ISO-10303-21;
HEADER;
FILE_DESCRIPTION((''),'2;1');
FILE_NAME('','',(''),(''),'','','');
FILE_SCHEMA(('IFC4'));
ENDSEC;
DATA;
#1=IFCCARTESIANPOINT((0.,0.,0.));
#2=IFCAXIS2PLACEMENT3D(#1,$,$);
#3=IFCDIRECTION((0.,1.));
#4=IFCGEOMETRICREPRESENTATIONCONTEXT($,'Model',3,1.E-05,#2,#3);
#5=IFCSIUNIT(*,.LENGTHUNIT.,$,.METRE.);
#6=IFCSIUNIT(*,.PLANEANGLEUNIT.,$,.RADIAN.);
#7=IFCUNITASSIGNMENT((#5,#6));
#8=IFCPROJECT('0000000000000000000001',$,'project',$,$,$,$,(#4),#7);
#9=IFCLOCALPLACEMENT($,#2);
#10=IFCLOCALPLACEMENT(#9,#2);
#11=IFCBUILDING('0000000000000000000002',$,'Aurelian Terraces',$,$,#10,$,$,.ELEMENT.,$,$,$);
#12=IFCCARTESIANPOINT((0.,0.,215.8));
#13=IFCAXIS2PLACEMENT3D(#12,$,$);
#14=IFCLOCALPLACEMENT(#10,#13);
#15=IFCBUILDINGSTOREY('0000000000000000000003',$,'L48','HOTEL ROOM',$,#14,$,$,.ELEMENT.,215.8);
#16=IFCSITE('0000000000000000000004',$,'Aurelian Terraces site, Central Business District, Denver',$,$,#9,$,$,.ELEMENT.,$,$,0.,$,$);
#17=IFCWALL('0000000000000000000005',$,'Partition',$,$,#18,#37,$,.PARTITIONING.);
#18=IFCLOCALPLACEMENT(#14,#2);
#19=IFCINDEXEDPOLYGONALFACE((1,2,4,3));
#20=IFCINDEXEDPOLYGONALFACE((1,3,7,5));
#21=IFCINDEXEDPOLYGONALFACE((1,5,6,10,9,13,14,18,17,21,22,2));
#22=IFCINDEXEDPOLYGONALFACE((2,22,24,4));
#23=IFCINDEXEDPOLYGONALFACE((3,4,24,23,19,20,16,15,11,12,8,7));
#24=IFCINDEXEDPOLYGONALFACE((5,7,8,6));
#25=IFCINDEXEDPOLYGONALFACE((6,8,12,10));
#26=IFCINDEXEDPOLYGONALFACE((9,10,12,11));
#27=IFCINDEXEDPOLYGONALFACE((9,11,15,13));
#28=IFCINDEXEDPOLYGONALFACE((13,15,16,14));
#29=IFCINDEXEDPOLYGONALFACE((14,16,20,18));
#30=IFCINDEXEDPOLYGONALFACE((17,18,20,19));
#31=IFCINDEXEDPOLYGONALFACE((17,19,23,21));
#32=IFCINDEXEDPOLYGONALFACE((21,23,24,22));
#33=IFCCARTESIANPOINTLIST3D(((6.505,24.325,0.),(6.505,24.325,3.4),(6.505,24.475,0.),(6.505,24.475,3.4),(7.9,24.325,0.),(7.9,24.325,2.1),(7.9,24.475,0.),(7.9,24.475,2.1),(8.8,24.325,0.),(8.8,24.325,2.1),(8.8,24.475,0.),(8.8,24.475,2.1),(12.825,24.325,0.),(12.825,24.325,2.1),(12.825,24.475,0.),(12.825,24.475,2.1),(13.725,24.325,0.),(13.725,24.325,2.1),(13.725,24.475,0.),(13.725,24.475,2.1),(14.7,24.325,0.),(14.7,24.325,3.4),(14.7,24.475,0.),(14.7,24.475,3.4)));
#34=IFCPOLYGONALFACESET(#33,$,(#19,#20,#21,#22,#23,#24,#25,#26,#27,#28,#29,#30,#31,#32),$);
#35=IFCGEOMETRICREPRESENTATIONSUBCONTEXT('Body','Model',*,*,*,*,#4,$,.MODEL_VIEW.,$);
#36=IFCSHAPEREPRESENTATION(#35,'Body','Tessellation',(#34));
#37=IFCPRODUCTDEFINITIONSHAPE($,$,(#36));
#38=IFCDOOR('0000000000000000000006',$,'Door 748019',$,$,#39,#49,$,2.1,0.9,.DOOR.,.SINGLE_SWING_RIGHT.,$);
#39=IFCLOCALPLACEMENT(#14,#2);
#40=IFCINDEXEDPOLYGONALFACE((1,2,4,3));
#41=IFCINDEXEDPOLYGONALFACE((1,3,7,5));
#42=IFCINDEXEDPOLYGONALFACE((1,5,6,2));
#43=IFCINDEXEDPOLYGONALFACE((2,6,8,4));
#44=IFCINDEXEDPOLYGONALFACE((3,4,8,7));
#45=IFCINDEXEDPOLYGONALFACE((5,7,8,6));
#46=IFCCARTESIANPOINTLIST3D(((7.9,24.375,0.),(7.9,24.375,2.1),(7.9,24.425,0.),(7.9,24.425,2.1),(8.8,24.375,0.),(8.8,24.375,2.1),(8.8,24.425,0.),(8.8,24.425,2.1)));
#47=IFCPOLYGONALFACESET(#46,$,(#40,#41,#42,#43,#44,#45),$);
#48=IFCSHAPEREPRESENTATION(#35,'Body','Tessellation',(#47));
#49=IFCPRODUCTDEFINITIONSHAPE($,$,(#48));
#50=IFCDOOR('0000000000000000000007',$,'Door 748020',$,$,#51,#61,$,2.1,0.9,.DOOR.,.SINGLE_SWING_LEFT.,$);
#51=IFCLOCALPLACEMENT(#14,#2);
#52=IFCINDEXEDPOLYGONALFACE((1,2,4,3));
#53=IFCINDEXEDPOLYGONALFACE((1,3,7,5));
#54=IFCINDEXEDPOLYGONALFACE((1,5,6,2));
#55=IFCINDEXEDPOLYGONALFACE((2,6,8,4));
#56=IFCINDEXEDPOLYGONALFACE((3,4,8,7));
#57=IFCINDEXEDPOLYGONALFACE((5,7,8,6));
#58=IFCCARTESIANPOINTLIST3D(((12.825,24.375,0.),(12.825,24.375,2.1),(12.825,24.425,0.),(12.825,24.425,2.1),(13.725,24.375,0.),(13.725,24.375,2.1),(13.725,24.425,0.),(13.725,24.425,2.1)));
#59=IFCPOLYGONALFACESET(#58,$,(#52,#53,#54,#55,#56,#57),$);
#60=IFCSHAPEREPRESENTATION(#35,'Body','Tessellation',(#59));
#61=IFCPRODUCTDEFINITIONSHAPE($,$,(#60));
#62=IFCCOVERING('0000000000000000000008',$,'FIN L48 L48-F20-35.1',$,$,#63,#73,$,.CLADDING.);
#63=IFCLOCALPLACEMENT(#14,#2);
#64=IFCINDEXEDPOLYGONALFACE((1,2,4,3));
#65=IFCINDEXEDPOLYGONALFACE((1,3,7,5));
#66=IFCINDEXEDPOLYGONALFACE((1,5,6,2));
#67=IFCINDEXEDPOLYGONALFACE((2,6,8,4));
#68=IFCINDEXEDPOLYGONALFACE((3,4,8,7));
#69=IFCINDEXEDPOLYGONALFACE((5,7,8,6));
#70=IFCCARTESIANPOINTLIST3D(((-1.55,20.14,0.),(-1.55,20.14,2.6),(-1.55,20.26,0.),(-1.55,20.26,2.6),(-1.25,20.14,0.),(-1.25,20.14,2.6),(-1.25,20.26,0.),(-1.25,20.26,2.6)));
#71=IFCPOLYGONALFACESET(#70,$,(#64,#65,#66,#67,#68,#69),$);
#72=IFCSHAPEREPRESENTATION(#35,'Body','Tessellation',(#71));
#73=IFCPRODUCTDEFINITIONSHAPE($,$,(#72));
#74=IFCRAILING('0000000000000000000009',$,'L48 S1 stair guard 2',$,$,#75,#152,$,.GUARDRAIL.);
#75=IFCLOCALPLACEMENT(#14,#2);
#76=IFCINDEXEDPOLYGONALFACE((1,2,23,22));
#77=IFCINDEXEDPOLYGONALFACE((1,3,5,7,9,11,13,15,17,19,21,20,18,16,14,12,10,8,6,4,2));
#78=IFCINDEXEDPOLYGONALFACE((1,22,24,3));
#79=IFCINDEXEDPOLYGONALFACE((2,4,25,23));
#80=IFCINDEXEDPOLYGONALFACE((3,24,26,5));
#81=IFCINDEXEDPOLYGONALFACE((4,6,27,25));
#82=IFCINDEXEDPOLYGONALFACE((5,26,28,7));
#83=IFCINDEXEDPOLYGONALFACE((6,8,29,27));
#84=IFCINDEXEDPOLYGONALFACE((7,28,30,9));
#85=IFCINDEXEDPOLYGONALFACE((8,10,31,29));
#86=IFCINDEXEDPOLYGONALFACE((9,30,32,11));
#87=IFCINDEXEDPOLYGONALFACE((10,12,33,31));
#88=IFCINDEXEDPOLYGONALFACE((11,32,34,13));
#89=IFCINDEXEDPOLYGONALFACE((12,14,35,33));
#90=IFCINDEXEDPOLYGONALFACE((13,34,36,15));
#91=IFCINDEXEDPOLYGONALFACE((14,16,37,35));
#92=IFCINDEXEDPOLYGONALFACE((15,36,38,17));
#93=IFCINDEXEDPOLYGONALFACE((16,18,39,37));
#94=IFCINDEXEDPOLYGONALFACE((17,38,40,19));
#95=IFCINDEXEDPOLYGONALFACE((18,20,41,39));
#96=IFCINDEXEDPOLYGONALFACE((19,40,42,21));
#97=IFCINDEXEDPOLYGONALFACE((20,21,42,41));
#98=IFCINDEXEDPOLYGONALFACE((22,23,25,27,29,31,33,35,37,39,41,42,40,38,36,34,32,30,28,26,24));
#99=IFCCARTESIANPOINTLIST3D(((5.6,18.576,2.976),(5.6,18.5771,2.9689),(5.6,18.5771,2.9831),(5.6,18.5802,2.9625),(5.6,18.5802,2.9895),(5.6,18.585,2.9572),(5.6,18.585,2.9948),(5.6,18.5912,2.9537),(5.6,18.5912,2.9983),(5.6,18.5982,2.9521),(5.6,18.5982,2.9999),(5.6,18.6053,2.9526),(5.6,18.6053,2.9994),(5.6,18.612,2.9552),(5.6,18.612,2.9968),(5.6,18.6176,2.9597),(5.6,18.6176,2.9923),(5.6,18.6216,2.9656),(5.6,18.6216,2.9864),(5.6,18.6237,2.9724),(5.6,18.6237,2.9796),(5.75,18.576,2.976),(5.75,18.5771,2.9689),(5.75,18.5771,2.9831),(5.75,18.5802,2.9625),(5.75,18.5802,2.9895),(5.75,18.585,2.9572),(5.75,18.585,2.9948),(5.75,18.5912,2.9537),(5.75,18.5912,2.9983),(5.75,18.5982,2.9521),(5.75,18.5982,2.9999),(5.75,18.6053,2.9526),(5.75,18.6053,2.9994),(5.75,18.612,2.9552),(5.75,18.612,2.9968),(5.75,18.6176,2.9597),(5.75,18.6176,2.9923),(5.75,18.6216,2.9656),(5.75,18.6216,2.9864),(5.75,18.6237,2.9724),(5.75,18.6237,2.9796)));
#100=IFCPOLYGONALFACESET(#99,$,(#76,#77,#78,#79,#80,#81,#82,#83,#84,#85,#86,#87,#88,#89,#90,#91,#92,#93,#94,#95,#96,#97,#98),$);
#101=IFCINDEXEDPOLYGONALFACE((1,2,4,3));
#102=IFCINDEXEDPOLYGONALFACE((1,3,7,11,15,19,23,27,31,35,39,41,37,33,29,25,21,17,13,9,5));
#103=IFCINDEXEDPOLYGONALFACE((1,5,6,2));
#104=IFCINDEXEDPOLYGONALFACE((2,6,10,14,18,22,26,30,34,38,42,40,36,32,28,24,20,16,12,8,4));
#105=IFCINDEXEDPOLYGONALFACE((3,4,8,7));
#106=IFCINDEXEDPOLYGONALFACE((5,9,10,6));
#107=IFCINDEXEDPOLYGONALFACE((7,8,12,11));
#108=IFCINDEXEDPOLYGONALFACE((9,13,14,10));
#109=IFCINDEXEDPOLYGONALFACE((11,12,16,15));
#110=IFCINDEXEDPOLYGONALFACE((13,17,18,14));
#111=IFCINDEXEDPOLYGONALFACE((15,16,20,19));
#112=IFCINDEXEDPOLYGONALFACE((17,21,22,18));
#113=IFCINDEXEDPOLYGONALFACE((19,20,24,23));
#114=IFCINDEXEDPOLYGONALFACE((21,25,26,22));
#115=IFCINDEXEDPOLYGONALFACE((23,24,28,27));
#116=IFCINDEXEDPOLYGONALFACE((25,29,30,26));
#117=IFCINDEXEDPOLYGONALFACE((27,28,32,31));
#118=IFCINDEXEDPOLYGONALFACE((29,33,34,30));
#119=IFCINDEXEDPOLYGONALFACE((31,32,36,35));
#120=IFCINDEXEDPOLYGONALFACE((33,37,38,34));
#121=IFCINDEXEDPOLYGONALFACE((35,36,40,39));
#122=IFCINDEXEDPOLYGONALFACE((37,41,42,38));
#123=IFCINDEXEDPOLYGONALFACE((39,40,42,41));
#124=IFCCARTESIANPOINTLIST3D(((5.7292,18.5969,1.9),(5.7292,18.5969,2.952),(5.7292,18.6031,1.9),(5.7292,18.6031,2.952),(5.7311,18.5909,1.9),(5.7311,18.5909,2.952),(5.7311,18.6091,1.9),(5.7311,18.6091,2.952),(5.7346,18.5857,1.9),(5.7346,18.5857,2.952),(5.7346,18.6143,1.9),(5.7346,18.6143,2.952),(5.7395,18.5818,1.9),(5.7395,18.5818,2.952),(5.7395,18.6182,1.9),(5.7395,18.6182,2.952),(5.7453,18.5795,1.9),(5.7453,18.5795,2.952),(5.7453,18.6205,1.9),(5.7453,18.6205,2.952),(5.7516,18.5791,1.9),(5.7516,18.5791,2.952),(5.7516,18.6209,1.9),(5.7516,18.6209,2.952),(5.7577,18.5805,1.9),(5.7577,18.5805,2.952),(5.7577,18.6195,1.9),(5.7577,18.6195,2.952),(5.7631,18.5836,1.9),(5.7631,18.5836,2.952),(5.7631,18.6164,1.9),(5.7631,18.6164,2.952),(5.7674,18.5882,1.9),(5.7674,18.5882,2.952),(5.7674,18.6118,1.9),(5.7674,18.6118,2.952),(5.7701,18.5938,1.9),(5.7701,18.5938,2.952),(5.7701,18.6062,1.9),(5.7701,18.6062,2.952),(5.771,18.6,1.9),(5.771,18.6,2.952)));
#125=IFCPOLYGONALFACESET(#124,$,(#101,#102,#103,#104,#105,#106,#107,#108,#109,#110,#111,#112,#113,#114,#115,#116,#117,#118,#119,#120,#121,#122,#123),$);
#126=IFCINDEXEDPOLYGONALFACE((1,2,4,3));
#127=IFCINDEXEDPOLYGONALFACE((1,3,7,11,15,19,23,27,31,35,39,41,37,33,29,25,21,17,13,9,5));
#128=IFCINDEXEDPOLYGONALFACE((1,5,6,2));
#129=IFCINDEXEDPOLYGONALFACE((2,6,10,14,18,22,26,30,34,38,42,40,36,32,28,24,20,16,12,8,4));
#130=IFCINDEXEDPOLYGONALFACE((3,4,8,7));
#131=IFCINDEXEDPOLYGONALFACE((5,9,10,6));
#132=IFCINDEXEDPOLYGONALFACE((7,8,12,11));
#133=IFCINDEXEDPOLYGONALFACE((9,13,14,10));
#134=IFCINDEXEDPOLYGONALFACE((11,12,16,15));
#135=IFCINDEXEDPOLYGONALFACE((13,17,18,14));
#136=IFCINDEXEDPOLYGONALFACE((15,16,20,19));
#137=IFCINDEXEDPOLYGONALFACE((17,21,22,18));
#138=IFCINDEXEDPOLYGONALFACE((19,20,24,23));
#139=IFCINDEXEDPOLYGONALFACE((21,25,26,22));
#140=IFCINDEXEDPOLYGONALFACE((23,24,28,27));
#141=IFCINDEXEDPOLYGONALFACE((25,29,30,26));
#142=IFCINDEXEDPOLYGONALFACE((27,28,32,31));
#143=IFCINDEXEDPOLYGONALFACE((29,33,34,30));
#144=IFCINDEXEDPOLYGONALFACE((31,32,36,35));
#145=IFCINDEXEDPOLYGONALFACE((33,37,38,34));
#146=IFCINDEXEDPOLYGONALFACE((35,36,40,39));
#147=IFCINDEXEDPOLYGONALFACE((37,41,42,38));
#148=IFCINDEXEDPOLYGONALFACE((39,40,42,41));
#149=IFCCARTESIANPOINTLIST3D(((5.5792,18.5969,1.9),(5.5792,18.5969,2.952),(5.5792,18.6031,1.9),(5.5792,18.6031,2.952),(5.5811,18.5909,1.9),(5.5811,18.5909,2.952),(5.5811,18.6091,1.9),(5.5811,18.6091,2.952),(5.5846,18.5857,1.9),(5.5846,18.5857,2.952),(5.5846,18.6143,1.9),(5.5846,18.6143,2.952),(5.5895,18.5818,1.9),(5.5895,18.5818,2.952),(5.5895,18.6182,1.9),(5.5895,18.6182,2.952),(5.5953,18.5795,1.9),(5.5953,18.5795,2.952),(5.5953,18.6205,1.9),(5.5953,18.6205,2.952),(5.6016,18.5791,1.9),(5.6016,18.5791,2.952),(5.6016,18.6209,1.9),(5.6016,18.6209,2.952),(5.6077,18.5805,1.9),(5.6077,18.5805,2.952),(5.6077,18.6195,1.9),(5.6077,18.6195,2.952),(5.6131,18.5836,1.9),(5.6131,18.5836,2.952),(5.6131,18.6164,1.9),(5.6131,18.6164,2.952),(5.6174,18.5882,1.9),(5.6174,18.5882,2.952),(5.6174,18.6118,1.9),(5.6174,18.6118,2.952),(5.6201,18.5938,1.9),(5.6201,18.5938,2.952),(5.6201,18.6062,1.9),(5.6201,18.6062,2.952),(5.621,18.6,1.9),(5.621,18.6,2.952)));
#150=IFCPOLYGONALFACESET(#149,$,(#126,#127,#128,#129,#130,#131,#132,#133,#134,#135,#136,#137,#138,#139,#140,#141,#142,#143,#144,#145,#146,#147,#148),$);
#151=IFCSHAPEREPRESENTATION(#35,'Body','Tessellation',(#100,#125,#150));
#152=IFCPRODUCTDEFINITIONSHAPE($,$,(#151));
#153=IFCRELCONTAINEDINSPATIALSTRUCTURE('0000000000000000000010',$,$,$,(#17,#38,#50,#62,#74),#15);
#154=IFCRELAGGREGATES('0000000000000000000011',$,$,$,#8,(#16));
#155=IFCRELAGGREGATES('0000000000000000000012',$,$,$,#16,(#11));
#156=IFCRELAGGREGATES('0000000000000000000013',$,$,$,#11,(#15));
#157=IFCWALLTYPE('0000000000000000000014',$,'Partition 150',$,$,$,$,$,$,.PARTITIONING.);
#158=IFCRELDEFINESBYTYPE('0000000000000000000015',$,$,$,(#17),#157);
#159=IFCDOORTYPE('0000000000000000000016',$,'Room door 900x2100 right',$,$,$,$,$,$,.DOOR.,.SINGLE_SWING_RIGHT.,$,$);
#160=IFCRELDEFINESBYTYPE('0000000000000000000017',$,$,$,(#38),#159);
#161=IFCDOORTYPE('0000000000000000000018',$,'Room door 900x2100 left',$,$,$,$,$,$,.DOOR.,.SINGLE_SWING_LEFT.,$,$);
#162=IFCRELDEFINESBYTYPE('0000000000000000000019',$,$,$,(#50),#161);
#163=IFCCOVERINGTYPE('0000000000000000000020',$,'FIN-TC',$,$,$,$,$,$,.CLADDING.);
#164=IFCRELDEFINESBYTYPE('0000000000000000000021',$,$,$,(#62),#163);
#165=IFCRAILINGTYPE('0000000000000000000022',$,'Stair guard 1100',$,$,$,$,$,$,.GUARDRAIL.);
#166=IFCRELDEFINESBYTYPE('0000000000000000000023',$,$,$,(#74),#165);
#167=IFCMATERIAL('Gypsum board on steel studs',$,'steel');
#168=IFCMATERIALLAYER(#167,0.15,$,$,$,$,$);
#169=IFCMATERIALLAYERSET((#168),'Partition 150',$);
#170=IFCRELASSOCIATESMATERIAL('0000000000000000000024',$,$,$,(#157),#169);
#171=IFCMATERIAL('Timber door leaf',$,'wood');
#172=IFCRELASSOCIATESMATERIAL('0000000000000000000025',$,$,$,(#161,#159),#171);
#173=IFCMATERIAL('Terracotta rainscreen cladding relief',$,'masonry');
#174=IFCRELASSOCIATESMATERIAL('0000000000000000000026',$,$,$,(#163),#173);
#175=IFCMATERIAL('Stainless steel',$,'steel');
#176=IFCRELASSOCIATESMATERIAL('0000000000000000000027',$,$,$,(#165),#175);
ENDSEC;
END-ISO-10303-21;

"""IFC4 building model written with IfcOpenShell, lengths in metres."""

from ifc_helpers import new_model, si_unit, direction, frame, frame_2d, origin, origin_2d, place, context, subcontext, project, spatial, rectangle, circle, extrude, source, transform, mapped, material, layer, layer_set, type_object, element, fill, save


model = new_model("IFC4")

# Units and contexts
model_context = context("Model", 3, precision=1e-05, world=origin(), true_north=direction((0.0, 1.0)))
body_context = subcontext(model_context, "Body", "Model", "MODEL_VIEW")
ifc_project = project(units=[si_unit("LENGTHUNIT", "METRE"), si_unit("PLANEANGLEUNIT", "RADIAN")], contexts=[model_context])

# Site, building, storey
site_placement = place(None, origin())
site = spatial("IfcSite", under=ifc_project, at=site_placement, Name="Aurelian Terraces site, Central Business District, Denver", CompositionType="ELEMENT", RefElevation=0.0)
building_placement = place(site_placement, origin())
building = spatial("IfcBuilding", under=site, at=building_placement, Name="Aurelian Terraces", CompositionType="ELEMENT")
storey_placement = place(building_placement, frame((0.0, 0.0, 215.8)))
storey = spatial("IfcBuildingStorey", under=building, at=storey_placement, Name="L48", Description="HOTEL ROOM", CompositionType="ELEMENT", Elevation=215.8)

# Shared definitions
ifc_material_1 = material(Name="Gypsum board on steel studs", Category="steel")
ifc_layer_1 = layer(ifc_material_1, 0.15)
ifc_layer_set_1 = layer_set([ifc_layer_1], Name="Partition 150")
wall_type_1 = type_object("IfcWallType", Name="Partition 150", PredefinedType="PARTITIONING", material=ifc_layer_set_1)

# Wall, openings, doors
shared_shape_1 = source(origin(), body_context, "Body", "SweptSolid", [
    extrude(rectangle(XDim=0.9, YDim=2.1, at=frame_2d((0.45, 1.05))), frame((0.0, 0.085, 0.0), z_axis=(0.0, -1.0, 0.0), x_axis=(1.0, 0.0, 0.0)), (0.0, 0.0, 1.0), 0.17),
])
ifc_material_2 = material(Name="Timber door leaf", Category="wood")
door_type_1 = type_object("IfcDoorType", Name="Room door 900x2100 left", OperationType="SINGLE_SWING_LEFT", PredefinedType="DOOR", material=ifc_material_2)
shared_shape_2 = source(origin(), body_context, "Body", "SweptSolid", [
    extrude(rectangle(XDim=0.9, YDim=2.1, at=frame_2d((0.45, 1.05))), frame((0.0, 0.025, 0.0), z_axis=(0.0, -1.0, 0.0), x_axis=(1.0, 0.0, 0.0)), (0.0, 0.0, 1.0), 0.05),
])
door_type_2 = type_object("IfcDoorType", Name="Room door 900x2100 right", OperationType="SINGLE_SWING_RIGHT", PredefinedType="DOOR", material=ifc_material_2)
shared_shape_3 = source(origin(), body_context, "Body", "SweptSolid", [
    extrude(rectangle(XDim=8.195, YDim=0.15, at=frame_2d((4.0975, 0.0))), origin(), (0.0, 0.0, 1.0), 3.4),
])
wall_1_placement = place(storey_placement, frame((6.505, 24.4, 0.0), z_axis=(0.0, 0.0, 1.0), x_axis=(1.0, 0.0, 0.0)))
wall_1 = element("IfcWall", 1, at=wall_1_placement, inside=storey, type_object=wall_type_1, Name="Partition", PredefinedType="PARTITIONING", context=body_context, shape_type="MappedRepresentation", body=[
    mapped(shared_shape_3, transform((0.0, 0.0, 0.0), scale=1.0)),
])
opening_1_placement = place(wall_1_placement, frame((1.395, 0.0, 0.0)))
opening_1 = element("IfcOpeningElement", 2, at=opening_1_placement, cuts=wall_1, PredefinedType="OPENING", context=body_context, shape_type="MappedRepresentation", body=[
    mapped(shared_shape_1, transform((0.0, 0.0, 0.0), scale=1.0)),
])
opening_2_placement = place(wall_1_placement, frame((6.32, 0.0, 0.0)))
opening_2 = element("IfcOpeningElement", 3, at=opening_2_placement, cuts=wall_1, PredefinedType="OPENING", context=body_context, shape_type="MappedRepresentation", body=[
    mapped(shared_shape_1, transform((0.0, 0.0, 0.0), scale=1.0)),
])
door_1_placement = place(opening_1_placement, origin())
door_1 = element("IfcDoor", 4, at=door_1_placement, inside=storey, type_object=door_type_2, Name="Door 748019", OperationType="SINGLE_SWING_RIGHT", OverallHeight=2.1, OverallWidth=0.9, PredefinedType="DOOR", context=body_context, shape_type="MappedRepresentation", body=[
    mapped(shared_shape_2, transform((0.0, 0.0, 0.0), scale=1.0)),
])
fill(opening_1, door_1)
door_2_placement = place(opening_2_placement, origin())
door_2 = element("IfcDoor", 5, at=door_2_placement, inside=storey, type_object=door_type_1, Name="Door 748020", OperationType="SINGLE_SWING_LEFT", OverallHeight=2.1, OverallWidth=0.9, PredefinedType="DOOR", context=body_context, shape_type="MappedRepresentation", body=[
    mapped(shared_shape_2, transform((0.0, 0.0, 0.0), scale=1.0)),
])
fill(opening_2, door_2)

# Covering
ifc_material_3 = material(Name="Terracotta rainscreen cladding relief", Category="masonry")
covering_type = type_object("IfcCoveringType", Name="FIN-TC", PredefinedType="CLADDING", material=ifc_material_3)
shared_shape_4 = source(origin(), body_context, "Body", "SweptSolid", [
    extrude(rectangle(XDim=0.3, YDim=0.12, at=origin_2d()), origin(), (0.0, 0.0, 1.0), 2.6),
])
covering_placement = place(storey_placement, frame((-1.4, 20.2, 0.0), z_axis=(0.0, 0.0, 1.0), x_axis=(1.0, 0.0, 0.0)))
element("IfcCovering", 6, at=covering_placement, inside=storey, type_object=covering_type, Name="FIN L48 L48-F20-35.1", PredefinedType="CLADDING", context=body_context, shape_type="MappedRepresentation", body=[
    mapped(shared_shape_4, transform((0.0, 0.0, 0.0), scale=1.0)),
])

# Railing
ifc_material_4 = material(Name="Stainless steel", Category="steel")
railing_type_1 = type_object("IfcRailingType", Name="Stair guard 1100", PredefinedType="GUARDRAIL", material=ifc_material_4)
shared_shape_5 = source(origin(), body_context, "Body", "SweptSolid", [
    extrude(circle(Radius=0.024, at=origin_2d()), frame((0.0, 0.0, 1.076), z_axis=(-1.0, 0.0, 0.0), x_axis=(0.0, -1.0, 0.0)), (0.0, 0.0, 1.0), 0.15),
    extrude(circle(Radius=0.021, at=origin_2d()), origin(), (0.0, 0.0, 1.0), 1.052),
    extrude(circle(Radius=0.021, at=origin_2d()), frame((-0.15, 0.0, 0.0)), (0.0, 0.0, 1.0), 1.052),
])
railing_1_placement = place(storey_placement, frame((5.75, 18.6, 1.9)))
element("IfcRailing", 7, at=railing_1_placement, inside=storey, type_object=railing_type_1, Name="L48 S1 stair guard 2", PredefinedType="GUARDRAIL", context=body_context, shape_type="MappedRepresentation", body=[
    mapped(shared_shape_5, transform((0.0, 0.0, 0.0), scale=1.0)),
])

save(model, "model.ifc")
